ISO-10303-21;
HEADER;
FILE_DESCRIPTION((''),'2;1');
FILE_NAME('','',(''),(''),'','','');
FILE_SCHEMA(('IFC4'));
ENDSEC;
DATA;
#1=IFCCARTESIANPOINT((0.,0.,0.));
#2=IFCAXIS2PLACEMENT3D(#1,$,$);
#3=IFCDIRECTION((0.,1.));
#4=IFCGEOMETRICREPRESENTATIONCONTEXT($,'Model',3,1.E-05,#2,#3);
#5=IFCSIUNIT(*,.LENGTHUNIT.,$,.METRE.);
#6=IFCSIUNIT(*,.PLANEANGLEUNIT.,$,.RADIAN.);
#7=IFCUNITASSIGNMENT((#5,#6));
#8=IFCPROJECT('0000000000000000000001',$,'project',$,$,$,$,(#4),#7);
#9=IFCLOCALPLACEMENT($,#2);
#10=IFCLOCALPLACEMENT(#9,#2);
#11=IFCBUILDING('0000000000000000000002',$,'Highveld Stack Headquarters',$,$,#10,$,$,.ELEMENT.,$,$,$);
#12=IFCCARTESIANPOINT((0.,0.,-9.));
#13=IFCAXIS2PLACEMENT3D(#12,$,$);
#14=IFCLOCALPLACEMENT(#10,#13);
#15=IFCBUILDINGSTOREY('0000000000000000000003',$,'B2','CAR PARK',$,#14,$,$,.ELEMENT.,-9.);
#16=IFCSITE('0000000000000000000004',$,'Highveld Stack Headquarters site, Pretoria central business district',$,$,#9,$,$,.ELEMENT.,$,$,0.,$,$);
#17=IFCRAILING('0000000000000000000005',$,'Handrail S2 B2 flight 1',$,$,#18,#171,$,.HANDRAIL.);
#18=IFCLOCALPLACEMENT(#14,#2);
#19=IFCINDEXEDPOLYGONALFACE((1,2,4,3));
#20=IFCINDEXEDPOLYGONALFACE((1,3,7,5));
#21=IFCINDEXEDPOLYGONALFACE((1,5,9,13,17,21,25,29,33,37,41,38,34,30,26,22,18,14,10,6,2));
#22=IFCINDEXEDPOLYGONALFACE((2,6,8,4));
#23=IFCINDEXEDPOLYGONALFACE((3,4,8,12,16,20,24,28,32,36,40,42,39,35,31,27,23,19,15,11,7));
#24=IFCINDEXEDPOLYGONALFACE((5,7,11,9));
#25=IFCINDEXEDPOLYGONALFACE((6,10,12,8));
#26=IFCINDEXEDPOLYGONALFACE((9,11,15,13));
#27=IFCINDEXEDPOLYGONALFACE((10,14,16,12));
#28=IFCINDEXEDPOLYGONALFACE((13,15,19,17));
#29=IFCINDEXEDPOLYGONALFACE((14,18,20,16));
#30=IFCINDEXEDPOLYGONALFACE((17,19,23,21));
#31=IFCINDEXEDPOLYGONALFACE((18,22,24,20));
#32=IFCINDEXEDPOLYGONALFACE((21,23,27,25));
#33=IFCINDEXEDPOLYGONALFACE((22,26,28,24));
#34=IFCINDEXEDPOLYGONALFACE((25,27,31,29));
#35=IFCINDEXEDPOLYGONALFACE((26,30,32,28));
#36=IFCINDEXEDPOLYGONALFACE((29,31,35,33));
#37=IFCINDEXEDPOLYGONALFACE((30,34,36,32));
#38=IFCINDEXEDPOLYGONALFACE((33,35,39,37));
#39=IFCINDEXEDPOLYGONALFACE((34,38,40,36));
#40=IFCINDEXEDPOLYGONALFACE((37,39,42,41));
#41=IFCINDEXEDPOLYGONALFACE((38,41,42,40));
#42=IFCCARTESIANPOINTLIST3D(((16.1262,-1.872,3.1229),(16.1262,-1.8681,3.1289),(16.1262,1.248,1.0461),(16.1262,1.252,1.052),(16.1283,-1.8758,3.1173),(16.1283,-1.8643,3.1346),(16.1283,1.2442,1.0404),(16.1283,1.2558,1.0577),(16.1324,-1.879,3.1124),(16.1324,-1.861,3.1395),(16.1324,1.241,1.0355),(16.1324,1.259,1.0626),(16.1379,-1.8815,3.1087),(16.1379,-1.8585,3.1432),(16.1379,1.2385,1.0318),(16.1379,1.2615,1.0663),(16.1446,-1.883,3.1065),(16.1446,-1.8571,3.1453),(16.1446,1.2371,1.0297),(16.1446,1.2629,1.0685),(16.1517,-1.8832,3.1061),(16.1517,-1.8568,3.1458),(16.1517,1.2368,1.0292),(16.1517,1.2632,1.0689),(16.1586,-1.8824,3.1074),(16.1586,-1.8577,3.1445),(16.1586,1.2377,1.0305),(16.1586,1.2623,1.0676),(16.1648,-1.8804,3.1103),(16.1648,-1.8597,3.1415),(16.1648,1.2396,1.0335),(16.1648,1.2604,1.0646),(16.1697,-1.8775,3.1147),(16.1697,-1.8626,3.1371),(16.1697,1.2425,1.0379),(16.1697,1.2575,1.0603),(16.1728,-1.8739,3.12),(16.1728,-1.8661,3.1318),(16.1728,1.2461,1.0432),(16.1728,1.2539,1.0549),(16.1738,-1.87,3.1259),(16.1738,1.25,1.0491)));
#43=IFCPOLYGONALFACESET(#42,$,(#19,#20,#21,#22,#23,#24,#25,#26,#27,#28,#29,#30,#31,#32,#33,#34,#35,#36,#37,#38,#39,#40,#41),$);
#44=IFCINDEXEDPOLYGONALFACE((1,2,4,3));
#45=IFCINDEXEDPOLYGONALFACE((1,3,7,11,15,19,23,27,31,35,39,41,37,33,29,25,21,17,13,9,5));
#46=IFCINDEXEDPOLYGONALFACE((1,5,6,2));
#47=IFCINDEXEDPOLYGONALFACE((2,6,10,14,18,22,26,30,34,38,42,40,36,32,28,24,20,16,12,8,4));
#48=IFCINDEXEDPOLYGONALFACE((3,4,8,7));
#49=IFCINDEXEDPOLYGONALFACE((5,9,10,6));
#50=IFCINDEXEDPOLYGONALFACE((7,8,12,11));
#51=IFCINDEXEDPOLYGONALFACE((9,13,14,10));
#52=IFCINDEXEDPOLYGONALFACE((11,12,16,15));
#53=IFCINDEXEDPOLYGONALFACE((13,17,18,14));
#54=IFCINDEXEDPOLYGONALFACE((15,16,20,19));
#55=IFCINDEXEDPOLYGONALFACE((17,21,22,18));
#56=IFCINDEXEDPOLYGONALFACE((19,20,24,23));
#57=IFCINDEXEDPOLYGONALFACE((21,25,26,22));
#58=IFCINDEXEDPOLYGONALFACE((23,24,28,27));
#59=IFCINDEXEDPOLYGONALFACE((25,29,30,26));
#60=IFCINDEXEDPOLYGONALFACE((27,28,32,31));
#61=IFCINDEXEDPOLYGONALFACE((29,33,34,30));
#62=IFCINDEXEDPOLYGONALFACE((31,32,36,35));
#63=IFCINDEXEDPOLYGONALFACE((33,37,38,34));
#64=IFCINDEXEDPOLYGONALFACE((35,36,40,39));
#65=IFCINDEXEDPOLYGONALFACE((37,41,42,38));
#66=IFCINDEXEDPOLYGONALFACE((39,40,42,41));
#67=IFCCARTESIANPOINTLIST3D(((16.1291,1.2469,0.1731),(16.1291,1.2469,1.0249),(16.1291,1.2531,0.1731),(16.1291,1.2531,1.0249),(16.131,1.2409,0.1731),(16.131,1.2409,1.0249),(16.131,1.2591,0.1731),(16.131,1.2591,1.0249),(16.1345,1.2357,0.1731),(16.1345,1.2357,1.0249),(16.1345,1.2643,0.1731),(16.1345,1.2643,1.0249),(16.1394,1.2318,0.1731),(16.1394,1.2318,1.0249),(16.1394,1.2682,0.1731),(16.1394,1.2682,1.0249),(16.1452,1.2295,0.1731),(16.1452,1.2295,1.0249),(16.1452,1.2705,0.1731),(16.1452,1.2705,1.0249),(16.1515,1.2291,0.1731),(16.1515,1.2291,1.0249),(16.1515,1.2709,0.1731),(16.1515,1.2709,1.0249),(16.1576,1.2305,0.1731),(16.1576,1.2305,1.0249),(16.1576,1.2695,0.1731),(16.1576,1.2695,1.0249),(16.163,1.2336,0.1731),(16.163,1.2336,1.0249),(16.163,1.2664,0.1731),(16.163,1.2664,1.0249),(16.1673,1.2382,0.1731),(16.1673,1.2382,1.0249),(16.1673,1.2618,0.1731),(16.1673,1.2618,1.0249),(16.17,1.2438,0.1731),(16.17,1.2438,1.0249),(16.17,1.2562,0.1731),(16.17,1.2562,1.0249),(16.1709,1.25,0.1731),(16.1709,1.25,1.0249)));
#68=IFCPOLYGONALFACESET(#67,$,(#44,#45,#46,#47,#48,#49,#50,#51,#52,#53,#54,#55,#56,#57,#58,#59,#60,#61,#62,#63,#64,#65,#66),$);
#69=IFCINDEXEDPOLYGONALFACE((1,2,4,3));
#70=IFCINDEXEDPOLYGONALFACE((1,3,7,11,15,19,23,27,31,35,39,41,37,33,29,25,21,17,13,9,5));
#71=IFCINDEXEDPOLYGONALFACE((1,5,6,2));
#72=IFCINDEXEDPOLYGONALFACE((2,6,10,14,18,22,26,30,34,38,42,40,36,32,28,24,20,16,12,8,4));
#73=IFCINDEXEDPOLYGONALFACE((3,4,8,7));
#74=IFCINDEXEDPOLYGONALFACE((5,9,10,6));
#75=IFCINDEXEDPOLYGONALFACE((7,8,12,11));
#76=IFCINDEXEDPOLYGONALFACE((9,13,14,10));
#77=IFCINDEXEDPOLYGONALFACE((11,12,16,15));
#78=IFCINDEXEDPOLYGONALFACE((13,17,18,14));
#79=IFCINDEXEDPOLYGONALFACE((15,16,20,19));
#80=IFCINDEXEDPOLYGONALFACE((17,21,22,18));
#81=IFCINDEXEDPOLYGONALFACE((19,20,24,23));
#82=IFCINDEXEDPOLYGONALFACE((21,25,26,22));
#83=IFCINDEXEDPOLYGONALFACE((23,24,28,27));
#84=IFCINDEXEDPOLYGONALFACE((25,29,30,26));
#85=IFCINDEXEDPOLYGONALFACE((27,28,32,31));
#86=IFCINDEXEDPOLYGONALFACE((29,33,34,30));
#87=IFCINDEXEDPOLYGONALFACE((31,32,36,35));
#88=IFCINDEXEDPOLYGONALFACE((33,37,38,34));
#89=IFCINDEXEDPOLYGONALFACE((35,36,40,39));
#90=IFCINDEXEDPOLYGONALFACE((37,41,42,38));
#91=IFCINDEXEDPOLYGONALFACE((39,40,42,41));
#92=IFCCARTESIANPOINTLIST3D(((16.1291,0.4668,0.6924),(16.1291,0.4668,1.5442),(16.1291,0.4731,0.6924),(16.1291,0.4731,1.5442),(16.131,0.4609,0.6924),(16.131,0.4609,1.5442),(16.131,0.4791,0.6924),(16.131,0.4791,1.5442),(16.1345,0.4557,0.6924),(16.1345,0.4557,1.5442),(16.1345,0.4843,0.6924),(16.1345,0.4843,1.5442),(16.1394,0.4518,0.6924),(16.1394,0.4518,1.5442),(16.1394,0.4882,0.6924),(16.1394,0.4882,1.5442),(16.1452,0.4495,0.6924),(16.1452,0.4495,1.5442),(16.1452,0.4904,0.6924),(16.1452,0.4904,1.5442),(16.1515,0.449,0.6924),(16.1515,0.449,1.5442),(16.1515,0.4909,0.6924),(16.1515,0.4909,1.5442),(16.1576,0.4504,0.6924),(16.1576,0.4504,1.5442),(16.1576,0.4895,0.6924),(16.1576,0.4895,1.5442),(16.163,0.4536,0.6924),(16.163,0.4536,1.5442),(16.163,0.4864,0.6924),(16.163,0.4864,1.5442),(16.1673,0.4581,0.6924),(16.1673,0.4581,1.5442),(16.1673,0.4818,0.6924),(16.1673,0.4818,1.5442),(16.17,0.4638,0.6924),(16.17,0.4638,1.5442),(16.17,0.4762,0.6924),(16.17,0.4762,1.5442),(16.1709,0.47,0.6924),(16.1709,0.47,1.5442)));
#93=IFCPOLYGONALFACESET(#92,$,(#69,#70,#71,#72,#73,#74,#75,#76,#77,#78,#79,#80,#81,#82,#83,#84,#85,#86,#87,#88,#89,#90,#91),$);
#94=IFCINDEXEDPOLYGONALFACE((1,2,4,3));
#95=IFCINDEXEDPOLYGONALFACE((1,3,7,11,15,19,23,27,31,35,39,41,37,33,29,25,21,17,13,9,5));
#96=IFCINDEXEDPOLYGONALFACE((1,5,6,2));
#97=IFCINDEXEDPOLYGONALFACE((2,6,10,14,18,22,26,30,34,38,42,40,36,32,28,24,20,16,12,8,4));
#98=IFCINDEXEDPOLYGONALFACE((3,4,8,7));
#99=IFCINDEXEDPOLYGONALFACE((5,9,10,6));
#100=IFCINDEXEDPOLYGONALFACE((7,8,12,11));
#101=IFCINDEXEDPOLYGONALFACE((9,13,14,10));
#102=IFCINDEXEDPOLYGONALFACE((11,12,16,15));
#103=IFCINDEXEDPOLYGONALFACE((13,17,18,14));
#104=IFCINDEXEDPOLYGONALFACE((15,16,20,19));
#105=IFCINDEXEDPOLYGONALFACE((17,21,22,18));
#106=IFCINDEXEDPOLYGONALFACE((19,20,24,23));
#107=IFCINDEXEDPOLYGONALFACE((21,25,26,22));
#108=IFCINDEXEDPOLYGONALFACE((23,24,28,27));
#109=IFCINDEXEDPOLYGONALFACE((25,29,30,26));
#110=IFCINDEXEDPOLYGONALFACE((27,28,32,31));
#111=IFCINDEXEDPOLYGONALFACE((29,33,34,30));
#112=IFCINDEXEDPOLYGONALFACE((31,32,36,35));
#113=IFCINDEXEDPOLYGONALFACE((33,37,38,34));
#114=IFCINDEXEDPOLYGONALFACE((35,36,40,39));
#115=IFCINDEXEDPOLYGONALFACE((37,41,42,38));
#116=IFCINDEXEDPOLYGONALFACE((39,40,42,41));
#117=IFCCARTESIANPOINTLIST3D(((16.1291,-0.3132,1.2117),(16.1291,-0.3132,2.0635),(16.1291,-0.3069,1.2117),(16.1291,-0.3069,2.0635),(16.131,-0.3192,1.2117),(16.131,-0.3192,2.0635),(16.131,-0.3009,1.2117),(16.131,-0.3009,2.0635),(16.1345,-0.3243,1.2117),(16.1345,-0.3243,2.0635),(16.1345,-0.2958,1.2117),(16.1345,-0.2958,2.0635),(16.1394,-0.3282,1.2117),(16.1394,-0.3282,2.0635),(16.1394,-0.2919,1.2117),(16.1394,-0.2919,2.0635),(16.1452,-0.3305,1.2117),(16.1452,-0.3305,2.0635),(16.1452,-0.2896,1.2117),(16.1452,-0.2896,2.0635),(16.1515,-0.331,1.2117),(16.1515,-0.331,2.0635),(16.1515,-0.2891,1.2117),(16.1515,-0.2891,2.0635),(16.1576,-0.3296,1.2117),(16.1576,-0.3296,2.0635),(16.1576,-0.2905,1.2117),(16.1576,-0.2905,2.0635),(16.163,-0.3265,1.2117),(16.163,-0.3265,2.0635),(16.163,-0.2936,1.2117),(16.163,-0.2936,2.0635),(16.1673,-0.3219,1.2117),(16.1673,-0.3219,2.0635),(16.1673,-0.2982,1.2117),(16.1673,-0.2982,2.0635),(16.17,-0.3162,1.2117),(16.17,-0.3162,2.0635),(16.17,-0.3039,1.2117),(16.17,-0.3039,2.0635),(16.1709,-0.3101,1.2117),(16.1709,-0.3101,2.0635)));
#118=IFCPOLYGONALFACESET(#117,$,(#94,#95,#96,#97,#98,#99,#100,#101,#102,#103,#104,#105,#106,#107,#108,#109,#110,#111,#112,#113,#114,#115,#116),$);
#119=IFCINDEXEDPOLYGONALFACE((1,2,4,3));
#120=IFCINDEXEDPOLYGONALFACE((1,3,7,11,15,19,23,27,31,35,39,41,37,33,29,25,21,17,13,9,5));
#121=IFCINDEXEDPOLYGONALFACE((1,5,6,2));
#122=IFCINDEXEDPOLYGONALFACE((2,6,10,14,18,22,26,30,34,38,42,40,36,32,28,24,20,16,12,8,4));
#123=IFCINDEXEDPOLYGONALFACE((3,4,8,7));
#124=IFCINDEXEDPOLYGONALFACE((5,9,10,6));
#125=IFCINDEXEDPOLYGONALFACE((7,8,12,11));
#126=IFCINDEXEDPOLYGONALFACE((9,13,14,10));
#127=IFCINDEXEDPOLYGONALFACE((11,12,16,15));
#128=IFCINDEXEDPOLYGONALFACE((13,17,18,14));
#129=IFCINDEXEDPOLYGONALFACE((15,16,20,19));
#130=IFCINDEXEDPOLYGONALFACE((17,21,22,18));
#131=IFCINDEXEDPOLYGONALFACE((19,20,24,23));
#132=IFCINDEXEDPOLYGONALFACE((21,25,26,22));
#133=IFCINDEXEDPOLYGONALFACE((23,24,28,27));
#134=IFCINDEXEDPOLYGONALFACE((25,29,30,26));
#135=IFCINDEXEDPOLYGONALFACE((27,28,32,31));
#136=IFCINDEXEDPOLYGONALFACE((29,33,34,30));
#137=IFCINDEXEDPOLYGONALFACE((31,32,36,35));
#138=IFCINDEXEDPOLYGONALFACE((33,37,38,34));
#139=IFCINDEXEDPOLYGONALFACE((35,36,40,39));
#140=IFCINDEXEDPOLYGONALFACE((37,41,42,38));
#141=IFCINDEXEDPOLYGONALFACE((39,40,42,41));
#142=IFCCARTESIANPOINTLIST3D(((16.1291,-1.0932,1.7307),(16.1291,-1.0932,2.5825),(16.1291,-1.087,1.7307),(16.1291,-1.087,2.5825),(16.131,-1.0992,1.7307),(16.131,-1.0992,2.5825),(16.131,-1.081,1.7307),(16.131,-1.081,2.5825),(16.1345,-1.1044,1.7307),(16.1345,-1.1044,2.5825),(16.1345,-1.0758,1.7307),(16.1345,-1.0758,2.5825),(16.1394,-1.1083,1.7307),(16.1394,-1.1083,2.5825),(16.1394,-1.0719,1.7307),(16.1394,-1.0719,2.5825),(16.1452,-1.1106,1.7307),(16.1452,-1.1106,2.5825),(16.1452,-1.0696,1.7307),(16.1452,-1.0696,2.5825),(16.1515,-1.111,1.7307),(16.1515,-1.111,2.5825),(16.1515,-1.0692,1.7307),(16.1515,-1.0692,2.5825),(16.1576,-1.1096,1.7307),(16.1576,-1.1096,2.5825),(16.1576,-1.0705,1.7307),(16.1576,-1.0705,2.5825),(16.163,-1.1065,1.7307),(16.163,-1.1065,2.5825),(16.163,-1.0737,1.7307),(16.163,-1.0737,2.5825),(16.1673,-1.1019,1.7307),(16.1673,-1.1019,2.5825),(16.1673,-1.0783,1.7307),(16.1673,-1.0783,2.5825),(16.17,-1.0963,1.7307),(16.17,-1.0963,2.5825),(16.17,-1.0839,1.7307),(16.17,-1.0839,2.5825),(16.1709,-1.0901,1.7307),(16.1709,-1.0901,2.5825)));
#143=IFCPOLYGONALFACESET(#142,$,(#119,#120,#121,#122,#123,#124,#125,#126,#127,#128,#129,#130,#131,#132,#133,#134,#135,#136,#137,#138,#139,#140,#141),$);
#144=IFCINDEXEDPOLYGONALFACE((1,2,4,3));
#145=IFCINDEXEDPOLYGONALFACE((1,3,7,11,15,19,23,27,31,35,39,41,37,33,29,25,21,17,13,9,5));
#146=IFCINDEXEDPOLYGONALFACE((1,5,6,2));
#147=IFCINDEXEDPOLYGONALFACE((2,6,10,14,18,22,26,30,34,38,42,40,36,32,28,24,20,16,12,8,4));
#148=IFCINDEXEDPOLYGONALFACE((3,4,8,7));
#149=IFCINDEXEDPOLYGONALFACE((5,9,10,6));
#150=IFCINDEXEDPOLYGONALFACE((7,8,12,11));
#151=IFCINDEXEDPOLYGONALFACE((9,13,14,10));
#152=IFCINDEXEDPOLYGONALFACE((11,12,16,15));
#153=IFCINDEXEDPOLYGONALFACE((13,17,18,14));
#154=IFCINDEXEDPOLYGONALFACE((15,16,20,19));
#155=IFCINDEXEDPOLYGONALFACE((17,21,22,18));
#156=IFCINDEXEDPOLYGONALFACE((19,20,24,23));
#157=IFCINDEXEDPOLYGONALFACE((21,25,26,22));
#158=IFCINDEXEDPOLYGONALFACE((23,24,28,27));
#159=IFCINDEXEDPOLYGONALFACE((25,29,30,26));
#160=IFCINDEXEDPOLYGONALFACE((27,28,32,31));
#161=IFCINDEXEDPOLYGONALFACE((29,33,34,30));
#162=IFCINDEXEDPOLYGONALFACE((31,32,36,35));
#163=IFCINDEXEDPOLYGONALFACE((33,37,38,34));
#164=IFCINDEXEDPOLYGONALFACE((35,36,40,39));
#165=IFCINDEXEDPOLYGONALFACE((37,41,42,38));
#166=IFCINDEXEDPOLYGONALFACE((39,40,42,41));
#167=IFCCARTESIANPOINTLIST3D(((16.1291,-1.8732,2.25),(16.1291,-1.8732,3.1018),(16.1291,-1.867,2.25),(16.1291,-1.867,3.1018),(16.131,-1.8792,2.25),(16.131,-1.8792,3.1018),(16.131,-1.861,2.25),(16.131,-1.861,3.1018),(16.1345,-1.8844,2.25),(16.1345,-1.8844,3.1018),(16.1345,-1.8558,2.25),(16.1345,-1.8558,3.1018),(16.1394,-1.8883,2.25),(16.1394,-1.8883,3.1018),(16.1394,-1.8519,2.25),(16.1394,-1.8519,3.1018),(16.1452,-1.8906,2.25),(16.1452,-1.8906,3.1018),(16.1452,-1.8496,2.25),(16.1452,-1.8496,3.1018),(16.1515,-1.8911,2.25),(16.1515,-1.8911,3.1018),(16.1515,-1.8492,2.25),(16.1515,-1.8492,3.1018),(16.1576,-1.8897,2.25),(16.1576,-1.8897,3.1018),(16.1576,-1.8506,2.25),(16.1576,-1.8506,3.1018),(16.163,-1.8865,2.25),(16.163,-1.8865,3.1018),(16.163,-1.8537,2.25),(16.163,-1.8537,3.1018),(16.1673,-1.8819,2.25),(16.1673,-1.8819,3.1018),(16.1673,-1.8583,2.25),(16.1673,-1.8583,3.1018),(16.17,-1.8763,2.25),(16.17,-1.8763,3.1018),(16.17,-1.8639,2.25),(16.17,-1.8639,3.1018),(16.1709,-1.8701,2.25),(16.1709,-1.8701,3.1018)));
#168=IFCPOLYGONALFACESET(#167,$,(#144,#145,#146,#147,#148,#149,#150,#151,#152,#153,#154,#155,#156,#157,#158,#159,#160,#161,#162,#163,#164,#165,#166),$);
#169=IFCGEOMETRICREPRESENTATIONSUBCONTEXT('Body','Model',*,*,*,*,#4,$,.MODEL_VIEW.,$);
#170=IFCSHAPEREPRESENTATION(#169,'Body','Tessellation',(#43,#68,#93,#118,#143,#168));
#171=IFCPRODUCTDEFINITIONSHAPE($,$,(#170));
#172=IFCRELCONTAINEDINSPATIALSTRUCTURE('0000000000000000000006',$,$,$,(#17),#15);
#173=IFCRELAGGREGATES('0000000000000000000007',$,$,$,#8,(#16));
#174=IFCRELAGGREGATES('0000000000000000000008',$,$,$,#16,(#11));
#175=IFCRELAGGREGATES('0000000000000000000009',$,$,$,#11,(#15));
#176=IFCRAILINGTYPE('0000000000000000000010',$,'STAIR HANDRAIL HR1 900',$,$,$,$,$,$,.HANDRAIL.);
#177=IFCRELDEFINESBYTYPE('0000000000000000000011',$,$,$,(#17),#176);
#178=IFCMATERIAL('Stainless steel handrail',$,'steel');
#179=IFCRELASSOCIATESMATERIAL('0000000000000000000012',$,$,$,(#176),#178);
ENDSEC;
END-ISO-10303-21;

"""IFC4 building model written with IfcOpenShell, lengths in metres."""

from ifc_helpers import new_model, si_unit, direction, frame, origin, origin_2d, place, context, subcontext, project, spatial, circle, extrude, material, type_object, element, save


model = new_model("IFC4")

# Units and contexts
model_context = context("Model", 3, precision=1e-05, world=origin(), true_north=direction((0.0, 1.0)))
body_context = subcontext(model_context, "Body", "Model", "MODEL_VIEW")
ifc_project = project(units=[si_unit("LENGTHUNIT", "METRE"), si_unit("PLANEANGLEUNIT", "RADIAN")], contexts=[model_context])

# Site, building, storey
site_placement = place(None, origin())
site = spatial("IfcSite", under=ifc_project, at=site_placement, Name="Highveld Stack Headquarters site, Pretoria central business district", CompositionType="ELEMENT", RefElevation=0.0)
building_placement = place(site_placement, origin())
building = spatial("IfcBuilding", under=site, at=building_placement, Name="Highveld Stack Headquarters", CompositionType="ELEMENT")
storey_placement = place(building_placement, frame((0.0, 0.0, -9.0)))
storey = spatial("IfcBuildingStorey", under=building, at=storey_placement, Name="B2", Description="CAR PARK", CompositionType="ELEMENT", Elevation=-9.0)

# Railing
ifc_material_1 = material(Name="Stainless steel handrail", Category="steel")
railing_type = type_object("IfcRailingType", Name="STAIR HANDRAIL HR1 900", PredefinedType="HANDRAIL", material=ifc_material_1)
for number, where, name in (
    (1, (16.1499, 1.25, 0.1731), "Handrail S2 B2 flight 1"),
):
    element("IfcRailing", number, at=place(storey_placement, frame(where)), inside=storey, type_object=railing_type, Name=name, PredefinedType="HANDRAIL", context=body_context, shape_type="SweptSolid", body=[
        extrude(circle(Radius=0.0239, at=origin_2d()), frame((0.0, 0.0, 0.876), z_axis=(0.0, -0.832441, 0.554114), x_axis=(1.0, 0.0, 0.0)), (0.0, 0.0, 1.0), 3.748),
        extrude(circle(Radius=0.021, at=origin_2d()), origin(), (0.0, 0.0, 1.0), 0.8518),
        extrude(circle(Radius=0.021, at=origin_2d()), frame((0.0, -0.78, 0.5193)), (0.0, 0.0, 1.0), 0.8518),
        extrude(circle(Radius=0.021, at=origin_2d()), frame((0.0, -1.5601, 1.0386)), (0.0, 0.0, 1.0), 0.8518),
        extrude(circle(Radius=0.021, at=origin_2d()), frame((0.0, -2.3401, 1.5576)), (0.0, 0.0, 1.0), 0.8518),
        extrude(circle(Radius=0.021, at=origin_2d()), frame((0.0, -3.1201, 2.0769)), (0.0, 0.0, 1.0), 0.8518),
    ])

save(model, "model.ifc")
